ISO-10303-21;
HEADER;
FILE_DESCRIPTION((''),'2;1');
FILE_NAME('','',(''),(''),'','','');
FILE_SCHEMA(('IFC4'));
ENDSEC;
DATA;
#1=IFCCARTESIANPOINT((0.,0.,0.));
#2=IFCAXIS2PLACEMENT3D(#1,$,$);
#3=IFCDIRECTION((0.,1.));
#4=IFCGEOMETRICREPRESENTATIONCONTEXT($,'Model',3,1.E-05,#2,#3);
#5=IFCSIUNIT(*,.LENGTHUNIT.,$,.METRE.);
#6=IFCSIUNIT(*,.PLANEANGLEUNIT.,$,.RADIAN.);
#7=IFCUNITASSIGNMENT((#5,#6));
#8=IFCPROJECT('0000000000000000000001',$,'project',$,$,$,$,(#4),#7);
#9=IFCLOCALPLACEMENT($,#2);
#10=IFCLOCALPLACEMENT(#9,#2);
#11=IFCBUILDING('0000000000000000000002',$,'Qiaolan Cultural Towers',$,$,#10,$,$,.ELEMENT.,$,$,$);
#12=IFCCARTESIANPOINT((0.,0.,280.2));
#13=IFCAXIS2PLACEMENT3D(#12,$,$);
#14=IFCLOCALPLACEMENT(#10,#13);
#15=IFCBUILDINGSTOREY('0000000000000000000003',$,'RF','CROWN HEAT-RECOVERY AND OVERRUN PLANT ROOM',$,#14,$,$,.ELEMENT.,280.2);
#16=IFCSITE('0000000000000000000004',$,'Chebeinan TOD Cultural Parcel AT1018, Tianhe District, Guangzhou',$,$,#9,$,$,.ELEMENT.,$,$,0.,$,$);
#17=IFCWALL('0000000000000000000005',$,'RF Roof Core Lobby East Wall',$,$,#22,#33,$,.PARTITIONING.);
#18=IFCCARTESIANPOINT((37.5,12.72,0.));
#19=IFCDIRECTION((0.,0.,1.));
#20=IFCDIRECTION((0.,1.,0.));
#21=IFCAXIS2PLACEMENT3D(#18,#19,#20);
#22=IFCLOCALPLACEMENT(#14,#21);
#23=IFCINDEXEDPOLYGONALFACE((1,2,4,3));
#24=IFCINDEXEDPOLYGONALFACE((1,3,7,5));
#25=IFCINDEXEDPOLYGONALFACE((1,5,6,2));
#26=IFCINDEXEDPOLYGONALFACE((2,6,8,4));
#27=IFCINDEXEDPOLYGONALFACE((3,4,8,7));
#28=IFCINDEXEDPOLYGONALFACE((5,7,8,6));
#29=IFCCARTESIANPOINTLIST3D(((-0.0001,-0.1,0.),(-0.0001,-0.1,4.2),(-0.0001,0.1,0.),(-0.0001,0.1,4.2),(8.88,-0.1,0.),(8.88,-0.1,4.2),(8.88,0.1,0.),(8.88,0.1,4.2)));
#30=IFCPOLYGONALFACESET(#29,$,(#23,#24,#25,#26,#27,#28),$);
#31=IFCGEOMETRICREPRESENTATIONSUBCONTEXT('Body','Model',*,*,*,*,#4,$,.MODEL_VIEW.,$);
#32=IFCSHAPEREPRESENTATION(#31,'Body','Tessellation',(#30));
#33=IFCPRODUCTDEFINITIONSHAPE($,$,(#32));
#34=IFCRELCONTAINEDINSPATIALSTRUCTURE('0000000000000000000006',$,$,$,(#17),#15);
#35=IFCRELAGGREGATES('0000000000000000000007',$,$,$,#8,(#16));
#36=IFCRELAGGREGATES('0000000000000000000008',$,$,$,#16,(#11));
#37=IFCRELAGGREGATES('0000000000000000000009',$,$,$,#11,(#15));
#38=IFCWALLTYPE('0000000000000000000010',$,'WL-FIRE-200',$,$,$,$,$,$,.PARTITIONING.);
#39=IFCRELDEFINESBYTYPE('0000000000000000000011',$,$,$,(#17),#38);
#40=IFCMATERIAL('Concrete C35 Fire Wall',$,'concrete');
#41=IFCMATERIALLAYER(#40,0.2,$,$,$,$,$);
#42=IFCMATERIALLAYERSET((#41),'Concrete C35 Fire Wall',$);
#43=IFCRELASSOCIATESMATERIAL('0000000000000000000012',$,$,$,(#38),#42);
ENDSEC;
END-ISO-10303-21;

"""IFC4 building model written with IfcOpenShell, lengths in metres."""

from ifc_helpers import new_model, si_unit, direction, frame, frame_2d, origin, place, context, subcontext, project, spatial, rectangle, extrude, material, layer, layer_set, type_object, element, save


model = new_model("IFC4")

# Units and contexts
model_context = context("Model", 3, precision=1e-05, world=origin(), true_north=direction((0.0, 1.0)))
body_context = subcontext(model_context, "Body", "Model", "MODEL_VIEW")
ifc_project = project(units=[si_unit("LENGTHUNIT", "METRE"), si_unit("PLANEANGLEUNIT", "RADIAN")], contexts=[model_context])

# Site, building, storey
site_placement = place(None, origin())
site = spatial("IfcSite", under=ifc_project, at=site_placement, Name="Chebeinan TOD Cultural Parcel AT1018, Tianhe District, Guangzhou", CompositionType="ELEMENT", RefElevation=0.0)
building_placement = place(site_placement, origin())
building = spatial("IfcBuilding", under=site, at=building_placement, Name="Qiaolan Cultural Towers", CompositionType="ELEMENT")
storey_placement = place(building_placement, frame((0.0, 0.0, 280.2)))
storey = spatial("IfcBuildingStorey", under=building, at=storey_placement, Name="RF", Description="CROWN HEAT-RECOVERY AND OVERRUN PLANT ROOM", CompositionType="ELEMENT", Elevation=280.2)

# Wall
ifc_material_1 = material(Name="Concrete C35 Fire Wall", Category="concrete")
ifc_layer_1 = layer(ifc_material_1, 0.2)
ifc_layer_set_1 = layer_set([ifc_layer_1], Name="Concrete C35 Fire Wall")
wall_type_1 = type_object("IfcWallType", Name="WL-FIRE-200", PredefinedType="PARTITIONING", material=ifc_layer_set_1)
wall_1_placement = place(storey_placement, frame((37.5, 12.72, 0.0), z_axis=(0.0, 0.0, 1.0), x_axis=(0.0, 1.0, 0.0)))
element("IfcWall", 1, at=wall_1_placement, inside=storey, type_object=wall_type_1, Name="RF Roof Core Lobby East Wall", PredefinedType="PARTITIONING", context=body_context, shape_type="SweptSolid", body=[
    extrude(rectangle(XDim=8.8801, YDim=0.2, at=frame_2d((4.4399, 0.0))), origin(), (0.0, 0.0, 1.0), 4.2),
])

save(model, "model.ifc")
